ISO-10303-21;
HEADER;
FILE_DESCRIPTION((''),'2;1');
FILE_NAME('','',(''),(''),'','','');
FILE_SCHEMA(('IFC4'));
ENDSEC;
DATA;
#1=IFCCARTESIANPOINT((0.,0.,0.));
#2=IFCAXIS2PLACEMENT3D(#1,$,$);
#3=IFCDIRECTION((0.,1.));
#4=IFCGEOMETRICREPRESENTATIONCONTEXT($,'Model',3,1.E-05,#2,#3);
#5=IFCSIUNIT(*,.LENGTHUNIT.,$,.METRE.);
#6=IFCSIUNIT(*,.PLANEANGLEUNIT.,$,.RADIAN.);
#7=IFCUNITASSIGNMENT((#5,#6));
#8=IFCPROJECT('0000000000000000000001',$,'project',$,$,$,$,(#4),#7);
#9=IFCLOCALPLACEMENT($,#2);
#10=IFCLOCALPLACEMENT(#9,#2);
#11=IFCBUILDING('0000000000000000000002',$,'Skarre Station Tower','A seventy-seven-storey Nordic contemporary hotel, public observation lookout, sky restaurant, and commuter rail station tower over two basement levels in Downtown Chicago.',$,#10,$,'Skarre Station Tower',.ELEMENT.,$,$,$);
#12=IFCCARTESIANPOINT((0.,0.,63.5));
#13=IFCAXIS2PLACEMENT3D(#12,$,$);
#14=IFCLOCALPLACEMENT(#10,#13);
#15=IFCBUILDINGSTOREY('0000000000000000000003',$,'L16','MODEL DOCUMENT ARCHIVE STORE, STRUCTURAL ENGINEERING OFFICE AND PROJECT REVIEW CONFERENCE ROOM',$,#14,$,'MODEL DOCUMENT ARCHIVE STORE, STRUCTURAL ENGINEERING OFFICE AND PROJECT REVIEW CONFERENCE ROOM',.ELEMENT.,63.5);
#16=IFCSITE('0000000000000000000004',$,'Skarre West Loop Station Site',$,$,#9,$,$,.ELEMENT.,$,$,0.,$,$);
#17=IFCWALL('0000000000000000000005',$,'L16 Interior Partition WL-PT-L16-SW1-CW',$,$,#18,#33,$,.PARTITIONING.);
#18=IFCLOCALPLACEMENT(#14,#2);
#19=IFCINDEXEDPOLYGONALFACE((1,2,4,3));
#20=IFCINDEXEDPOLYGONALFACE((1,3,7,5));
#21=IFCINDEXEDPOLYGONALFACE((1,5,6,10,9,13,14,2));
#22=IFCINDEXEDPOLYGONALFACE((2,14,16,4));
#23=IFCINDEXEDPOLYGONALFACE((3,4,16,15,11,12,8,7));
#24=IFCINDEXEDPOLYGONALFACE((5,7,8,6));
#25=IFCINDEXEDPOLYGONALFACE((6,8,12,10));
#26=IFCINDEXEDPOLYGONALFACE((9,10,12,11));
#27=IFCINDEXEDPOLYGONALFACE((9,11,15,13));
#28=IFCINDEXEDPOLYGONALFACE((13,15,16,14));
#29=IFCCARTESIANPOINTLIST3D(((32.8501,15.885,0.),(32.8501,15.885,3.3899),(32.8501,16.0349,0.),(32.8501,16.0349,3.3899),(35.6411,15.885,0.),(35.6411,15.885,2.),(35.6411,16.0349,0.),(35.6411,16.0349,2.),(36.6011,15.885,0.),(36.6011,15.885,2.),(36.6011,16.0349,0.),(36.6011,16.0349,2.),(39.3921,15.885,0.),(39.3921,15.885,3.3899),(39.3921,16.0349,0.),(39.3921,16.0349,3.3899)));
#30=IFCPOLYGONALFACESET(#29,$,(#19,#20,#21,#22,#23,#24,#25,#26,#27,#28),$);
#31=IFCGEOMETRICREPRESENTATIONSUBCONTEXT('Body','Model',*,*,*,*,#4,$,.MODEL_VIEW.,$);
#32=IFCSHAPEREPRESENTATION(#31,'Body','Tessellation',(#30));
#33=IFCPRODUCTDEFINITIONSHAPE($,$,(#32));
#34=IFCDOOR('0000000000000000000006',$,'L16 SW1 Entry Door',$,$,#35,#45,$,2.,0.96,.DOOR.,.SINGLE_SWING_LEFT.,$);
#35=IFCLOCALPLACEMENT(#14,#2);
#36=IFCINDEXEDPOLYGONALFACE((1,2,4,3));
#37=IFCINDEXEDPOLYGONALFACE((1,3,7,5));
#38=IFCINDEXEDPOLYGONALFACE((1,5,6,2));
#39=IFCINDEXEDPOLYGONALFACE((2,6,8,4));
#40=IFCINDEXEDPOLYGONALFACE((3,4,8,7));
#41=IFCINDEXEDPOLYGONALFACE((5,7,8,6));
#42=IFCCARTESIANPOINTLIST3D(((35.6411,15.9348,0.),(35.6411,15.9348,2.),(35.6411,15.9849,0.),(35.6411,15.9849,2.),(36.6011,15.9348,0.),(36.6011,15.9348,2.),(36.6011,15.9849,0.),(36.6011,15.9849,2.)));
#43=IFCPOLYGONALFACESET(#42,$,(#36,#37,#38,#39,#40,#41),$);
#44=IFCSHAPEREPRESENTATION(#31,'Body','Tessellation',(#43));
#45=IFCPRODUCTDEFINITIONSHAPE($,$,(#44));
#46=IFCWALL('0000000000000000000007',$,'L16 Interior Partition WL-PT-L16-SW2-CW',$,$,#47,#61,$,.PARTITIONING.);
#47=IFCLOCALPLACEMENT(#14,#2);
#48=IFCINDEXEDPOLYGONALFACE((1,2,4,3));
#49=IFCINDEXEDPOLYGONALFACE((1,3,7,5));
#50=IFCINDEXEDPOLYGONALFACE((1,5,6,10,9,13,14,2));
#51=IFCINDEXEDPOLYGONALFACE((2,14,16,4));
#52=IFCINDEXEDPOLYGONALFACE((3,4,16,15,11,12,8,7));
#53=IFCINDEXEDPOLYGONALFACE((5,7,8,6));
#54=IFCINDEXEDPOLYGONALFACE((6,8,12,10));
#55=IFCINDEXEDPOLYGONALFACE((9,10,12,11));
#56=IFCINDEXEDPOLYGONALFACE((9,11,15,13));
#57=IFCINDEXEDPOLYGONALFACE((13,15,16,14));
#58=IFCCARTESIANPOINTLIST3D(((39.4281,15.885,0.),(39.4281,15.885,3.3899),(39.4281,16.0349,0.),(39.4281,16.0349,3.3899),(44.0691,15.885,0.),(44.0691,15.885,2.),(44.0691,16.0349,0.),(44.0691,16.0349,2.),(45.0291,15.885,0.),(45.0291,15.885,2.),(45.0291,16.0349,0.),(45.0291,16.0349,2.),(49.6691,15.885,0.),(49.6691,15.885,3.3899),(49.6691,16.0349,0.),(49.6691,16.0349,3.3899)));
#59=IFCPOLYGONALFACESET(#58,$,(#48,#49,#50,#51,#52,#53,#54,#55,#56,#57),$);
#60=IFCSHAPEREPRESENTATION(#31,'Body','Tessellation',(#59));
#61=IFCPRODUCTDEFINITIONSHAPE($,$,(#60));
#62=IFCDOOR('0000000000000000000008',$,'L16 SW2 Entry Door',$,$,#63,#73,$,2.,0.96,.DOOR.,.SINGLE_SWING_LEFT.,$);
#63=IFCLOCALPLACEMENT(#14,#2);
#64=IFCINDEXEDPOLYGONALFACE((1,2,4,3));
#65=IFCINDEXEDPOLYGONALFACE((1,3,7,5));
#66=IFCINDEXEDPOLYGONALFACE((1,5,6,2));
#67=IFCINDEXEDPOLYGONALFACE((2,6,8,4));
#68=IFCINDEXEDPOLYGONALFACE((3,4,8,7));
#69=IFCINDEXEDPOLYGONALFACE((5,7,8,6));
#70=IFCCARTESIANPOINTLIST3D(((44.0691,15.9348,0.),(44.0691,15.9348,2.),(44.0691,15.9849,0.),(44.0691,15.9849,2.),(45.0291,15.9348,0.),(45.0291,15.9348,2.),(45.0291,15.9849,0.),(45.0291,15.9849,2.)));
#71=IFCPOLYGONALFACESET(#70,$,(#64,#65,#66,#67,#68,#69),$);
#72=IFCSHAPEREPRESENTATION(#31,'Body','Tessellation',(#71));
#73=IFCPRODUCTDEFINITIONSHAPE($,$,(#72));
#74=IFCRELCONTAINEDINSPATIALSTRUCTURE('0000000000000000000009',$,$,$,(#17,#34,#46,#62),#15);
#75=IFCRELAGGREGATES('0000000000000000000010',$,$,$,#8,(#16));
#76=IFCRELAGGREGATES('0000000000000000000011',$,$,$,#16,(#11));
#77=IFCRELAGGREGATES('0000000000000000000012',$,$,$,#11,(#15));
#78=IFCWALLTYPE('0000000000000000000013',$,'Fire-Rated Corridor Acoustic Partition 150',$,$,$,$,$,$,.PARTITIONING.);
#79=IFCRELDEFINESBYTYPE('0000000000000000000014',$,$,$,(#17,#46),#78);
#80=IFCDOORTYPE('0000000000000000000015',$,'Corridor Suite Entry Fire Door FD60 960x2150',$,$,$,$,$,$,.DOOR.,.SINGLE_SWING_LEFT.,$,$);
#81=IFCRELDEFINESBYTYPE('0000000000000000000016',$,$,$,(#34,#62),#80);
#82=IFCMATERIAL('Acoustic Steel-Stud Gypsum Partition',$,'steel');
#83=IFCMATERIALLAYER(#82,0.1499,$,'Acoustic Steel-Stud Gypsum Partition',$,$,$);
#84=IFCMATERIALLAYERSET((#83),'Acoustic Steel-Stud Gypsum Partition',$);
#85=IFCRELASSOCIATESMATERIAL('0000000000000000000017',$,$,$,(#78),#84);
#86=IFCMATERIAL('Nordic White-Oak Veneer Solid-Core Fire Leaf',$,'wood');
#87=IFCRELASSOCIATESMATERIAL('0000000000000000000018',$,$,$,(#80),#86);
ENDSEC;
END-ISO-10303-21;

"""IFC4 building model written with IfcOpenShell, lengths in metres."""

from ifc_helpers import new_model, si_unit, direction, frame, frame_2d, origin, place, context, subcontext, project, spatial, rectangle, extrude, material, layer, layer_set, type_object, element, fill, save


model = new_model("IFC4")

# Units and contexts
model_context = context("Model", 3, precision=1e-05, world=origin(), true_north=direction((0.0, 1.0)))
body_context = subcontext(model_context, "Body", "Model", "MODEL_VIEW")
ifc_project = project(units=[si_unit("LENGTHUNIT", "METRE"), si_unit("PLANEANGLEUNIT", "RADIAN")], contexts=[model_context])

# Site, building, storey
site_placement = place(None, origin())
site = spatial("IfcSite", under=ifc_project, at=site_placement, Name="Skarre West Loop Station Site", CompositionType="ELEMENT", RefElevation=0.0)
building_placement = place(site_placement, origin())
building = spatial("IfcBuilding", under=site, at=building_placement, Name="Skarre Station Tower", Description="A seventy-seven-storey Nordic contemporary hotel, public observation lookout, sky restaurant, and commuter rail station tower over two basement levels in Downtown Chicago.", LongName="Skarre Station Tower", CompositionType="ELEMENT")
storey_placement = place(building_placement, frame((0.0, 0.0, 63.5)))
storey = spatial("IfcBuildingStorey", under=building, at=storey_placement, Name="L16", Description="MODEL DOCUMENT ARCHIVE STORE, STRUCTURAL ENGINEERING OFFICE AND PROJECT REVIEW CONFERENCE ROOM", LongName="MODEL DOCUMENT ARCHIVE STORE, STRUCTURAL ENGINEERING OFFICE AND PROJECT REVIEW CONFERENCE ROOM", CompositionType="ELEMENT", Elevation=63.5)

# Shared definitions
ifc_material_1 = material(Name="Acoustic Steel-Stud Gypsum Partition", Category="steel")
ifc_layer_1 = layer(ifc_material_1, 0.1499, Name="Acoustic Steel-Stud Gypsum Partition")
ifc_layer_set_1 = layer_set([ifc_layer_1], Name="Acoustic Steel-Stud Gypsum Partition")
wall_type_1 = type_object("IfcWallType", Name="Fire-Rated Corridor Acoustic Partition 150", PredefinedType="PARTITIONING", material=ifc_layer_set_1)

# Walls, openings, doors
wall_1_placement = place(storey_placement, frame((32.8501, 15.96, 0.0), z_axis=(0.0, 0.0, 1.0), x_axis=(1.0, 0.0, 0.0)))
wall_1 = element("IfcWall", 1, at=wall_1_placement, inside=storey, type_object=wall_type_1, Name="L16 Interior Partition WL-PT-L16-SW1-CW", PredefinedType="PARTITIONING", context=body_context, shape_type="SweptSolid", body=[
    extrude(rectangle(XDim=6.542, YDim=0.1499, at=frame_2d((3.271, 0.0))), origin(), (0.0, 0.0, 1.0), 3.3899),
])
opening_1_placement = place(wall_1_placement, frame((2.791, 0.0, 0.0)))
opening_1 = element("IfcOpeningElement", 2, at=opening_1_placement, cuts=wall_1, PredefinedType="OPENING", context=body_context, shape_type="SweptSolid", body=[
    extrude(rectangle(XDim=0.96, YDim=2.0, at=frame_2d((0.48, 1.0))), frame((0.0, 0.085, 0.0), z_axis=(0.0, -1.0, 0.0), x_axis=(1.0, 0.0, 0.0)), (0.0, 0.0, 1.0), 0.1699),
])
ifc_material_2 = material(Name="Nordic White-Oak Veneer Solid-Core Fire Leaf", Category="wood")
door_type_1 = type_object("IfcDoorType", Name="Corridor Suite Entry Fire Door FD60 960x2150", OperationType="SINGLE_SWING_LEFT", PredefinedType="DOOR", material=ifc_material_2)
door_1_placement = place(opening_1_placement, origin())
door_1 = element("IfcDoor", 3, at=door_1_placement, inside=storey, type_object=door_type_1, Name="L16 SW1 Entry Door", OperationType="SINGLE_SWING_LEFT", OverallHeight=2.0, OverallWidth=0.96, PredefinedType="DOOR", context=body_context, shape_type="SweptSolid", body=[
    extrude(rectangle(XDim=0.96, YDim=2.0, at=frame_2d((0.48, 1.0))), frame((0.0, 0.0249, 0.0), z_axis=(0.0, -1.0, 0.0), x_axis=(1.0, 0.0, 0.0)), (0.0, 0.0, 1.0), 0.05),
])
fill(opening_1, door_1)
wall_2_placement = place(storey_placement, frame((39.428, 15.96, 0.0), z_axis=(0.0, 0.0, 1.0), x_axis=(1.0, 0.0, 0.0)))
wall_2 = element("IfcWall", 4, at=wall_2_placement, inside=storey, type_object=wall_type_1, Name="L16 Interior Partition WL-PT-L16-SW2-CW", PredefinedType="PARTITIONING", context=body_context, shape_type="SweptSolid", body=[
    extrude(rectangle(XDim=10.241, YDim=0.1499, at=frame_2d((5.1206, 0.0))), origin(), (0.0, 0.0, 1.0), 3.3899),
])
opening_2_placement = place(wall_2_placement, frame((4.6411, 0.0, 0.0)))
opening_2 = element("IfcOpeningElement", 5, at=opening_2_placement, cuts=wall_2, PredefinedType="OPENING", context=body_context, shape_type="SweptSolid", body=[
    extrude(rectangle(XDim=0.96, YDim=2.0, at=frame_2d((0.48, 1.0))), frame((0.0, 0.085, 0.0), z_axis=(0.0, -1.0, 0.0), x_axis=(1.0, 0.0, 0.0)), (0.0, 0.0, 1.0), 0.1699),
])
door_2_placement = place(opening_2_placement, origin())
door_2 = element("IfcDoor", 6, at=door_2_placement, inside=storey, type_object=door_type_1, Name="L16 SW2 Entry Door", OperationType="SINGLE_SWING_LEFT", OverallHeight=2.0, OverallWidth=0.96, PredefinedType="DOOR", context=body_context, shape_type="SweptSolid", body=[
    extrude(rectangle(XDim=0.96, YDim=2.0, at=frame_2d((0.48, 1.0))), frame((0.0, 0.0249, 0.0), z_axis=(0.0, -1.0, 0.0), x_axis=(1.0, 0.0, 0.0)), (0.0, 0.0, 1.0), 0.05),
])
fill(opening_2, door_2)

save(model, "model.ifc")
